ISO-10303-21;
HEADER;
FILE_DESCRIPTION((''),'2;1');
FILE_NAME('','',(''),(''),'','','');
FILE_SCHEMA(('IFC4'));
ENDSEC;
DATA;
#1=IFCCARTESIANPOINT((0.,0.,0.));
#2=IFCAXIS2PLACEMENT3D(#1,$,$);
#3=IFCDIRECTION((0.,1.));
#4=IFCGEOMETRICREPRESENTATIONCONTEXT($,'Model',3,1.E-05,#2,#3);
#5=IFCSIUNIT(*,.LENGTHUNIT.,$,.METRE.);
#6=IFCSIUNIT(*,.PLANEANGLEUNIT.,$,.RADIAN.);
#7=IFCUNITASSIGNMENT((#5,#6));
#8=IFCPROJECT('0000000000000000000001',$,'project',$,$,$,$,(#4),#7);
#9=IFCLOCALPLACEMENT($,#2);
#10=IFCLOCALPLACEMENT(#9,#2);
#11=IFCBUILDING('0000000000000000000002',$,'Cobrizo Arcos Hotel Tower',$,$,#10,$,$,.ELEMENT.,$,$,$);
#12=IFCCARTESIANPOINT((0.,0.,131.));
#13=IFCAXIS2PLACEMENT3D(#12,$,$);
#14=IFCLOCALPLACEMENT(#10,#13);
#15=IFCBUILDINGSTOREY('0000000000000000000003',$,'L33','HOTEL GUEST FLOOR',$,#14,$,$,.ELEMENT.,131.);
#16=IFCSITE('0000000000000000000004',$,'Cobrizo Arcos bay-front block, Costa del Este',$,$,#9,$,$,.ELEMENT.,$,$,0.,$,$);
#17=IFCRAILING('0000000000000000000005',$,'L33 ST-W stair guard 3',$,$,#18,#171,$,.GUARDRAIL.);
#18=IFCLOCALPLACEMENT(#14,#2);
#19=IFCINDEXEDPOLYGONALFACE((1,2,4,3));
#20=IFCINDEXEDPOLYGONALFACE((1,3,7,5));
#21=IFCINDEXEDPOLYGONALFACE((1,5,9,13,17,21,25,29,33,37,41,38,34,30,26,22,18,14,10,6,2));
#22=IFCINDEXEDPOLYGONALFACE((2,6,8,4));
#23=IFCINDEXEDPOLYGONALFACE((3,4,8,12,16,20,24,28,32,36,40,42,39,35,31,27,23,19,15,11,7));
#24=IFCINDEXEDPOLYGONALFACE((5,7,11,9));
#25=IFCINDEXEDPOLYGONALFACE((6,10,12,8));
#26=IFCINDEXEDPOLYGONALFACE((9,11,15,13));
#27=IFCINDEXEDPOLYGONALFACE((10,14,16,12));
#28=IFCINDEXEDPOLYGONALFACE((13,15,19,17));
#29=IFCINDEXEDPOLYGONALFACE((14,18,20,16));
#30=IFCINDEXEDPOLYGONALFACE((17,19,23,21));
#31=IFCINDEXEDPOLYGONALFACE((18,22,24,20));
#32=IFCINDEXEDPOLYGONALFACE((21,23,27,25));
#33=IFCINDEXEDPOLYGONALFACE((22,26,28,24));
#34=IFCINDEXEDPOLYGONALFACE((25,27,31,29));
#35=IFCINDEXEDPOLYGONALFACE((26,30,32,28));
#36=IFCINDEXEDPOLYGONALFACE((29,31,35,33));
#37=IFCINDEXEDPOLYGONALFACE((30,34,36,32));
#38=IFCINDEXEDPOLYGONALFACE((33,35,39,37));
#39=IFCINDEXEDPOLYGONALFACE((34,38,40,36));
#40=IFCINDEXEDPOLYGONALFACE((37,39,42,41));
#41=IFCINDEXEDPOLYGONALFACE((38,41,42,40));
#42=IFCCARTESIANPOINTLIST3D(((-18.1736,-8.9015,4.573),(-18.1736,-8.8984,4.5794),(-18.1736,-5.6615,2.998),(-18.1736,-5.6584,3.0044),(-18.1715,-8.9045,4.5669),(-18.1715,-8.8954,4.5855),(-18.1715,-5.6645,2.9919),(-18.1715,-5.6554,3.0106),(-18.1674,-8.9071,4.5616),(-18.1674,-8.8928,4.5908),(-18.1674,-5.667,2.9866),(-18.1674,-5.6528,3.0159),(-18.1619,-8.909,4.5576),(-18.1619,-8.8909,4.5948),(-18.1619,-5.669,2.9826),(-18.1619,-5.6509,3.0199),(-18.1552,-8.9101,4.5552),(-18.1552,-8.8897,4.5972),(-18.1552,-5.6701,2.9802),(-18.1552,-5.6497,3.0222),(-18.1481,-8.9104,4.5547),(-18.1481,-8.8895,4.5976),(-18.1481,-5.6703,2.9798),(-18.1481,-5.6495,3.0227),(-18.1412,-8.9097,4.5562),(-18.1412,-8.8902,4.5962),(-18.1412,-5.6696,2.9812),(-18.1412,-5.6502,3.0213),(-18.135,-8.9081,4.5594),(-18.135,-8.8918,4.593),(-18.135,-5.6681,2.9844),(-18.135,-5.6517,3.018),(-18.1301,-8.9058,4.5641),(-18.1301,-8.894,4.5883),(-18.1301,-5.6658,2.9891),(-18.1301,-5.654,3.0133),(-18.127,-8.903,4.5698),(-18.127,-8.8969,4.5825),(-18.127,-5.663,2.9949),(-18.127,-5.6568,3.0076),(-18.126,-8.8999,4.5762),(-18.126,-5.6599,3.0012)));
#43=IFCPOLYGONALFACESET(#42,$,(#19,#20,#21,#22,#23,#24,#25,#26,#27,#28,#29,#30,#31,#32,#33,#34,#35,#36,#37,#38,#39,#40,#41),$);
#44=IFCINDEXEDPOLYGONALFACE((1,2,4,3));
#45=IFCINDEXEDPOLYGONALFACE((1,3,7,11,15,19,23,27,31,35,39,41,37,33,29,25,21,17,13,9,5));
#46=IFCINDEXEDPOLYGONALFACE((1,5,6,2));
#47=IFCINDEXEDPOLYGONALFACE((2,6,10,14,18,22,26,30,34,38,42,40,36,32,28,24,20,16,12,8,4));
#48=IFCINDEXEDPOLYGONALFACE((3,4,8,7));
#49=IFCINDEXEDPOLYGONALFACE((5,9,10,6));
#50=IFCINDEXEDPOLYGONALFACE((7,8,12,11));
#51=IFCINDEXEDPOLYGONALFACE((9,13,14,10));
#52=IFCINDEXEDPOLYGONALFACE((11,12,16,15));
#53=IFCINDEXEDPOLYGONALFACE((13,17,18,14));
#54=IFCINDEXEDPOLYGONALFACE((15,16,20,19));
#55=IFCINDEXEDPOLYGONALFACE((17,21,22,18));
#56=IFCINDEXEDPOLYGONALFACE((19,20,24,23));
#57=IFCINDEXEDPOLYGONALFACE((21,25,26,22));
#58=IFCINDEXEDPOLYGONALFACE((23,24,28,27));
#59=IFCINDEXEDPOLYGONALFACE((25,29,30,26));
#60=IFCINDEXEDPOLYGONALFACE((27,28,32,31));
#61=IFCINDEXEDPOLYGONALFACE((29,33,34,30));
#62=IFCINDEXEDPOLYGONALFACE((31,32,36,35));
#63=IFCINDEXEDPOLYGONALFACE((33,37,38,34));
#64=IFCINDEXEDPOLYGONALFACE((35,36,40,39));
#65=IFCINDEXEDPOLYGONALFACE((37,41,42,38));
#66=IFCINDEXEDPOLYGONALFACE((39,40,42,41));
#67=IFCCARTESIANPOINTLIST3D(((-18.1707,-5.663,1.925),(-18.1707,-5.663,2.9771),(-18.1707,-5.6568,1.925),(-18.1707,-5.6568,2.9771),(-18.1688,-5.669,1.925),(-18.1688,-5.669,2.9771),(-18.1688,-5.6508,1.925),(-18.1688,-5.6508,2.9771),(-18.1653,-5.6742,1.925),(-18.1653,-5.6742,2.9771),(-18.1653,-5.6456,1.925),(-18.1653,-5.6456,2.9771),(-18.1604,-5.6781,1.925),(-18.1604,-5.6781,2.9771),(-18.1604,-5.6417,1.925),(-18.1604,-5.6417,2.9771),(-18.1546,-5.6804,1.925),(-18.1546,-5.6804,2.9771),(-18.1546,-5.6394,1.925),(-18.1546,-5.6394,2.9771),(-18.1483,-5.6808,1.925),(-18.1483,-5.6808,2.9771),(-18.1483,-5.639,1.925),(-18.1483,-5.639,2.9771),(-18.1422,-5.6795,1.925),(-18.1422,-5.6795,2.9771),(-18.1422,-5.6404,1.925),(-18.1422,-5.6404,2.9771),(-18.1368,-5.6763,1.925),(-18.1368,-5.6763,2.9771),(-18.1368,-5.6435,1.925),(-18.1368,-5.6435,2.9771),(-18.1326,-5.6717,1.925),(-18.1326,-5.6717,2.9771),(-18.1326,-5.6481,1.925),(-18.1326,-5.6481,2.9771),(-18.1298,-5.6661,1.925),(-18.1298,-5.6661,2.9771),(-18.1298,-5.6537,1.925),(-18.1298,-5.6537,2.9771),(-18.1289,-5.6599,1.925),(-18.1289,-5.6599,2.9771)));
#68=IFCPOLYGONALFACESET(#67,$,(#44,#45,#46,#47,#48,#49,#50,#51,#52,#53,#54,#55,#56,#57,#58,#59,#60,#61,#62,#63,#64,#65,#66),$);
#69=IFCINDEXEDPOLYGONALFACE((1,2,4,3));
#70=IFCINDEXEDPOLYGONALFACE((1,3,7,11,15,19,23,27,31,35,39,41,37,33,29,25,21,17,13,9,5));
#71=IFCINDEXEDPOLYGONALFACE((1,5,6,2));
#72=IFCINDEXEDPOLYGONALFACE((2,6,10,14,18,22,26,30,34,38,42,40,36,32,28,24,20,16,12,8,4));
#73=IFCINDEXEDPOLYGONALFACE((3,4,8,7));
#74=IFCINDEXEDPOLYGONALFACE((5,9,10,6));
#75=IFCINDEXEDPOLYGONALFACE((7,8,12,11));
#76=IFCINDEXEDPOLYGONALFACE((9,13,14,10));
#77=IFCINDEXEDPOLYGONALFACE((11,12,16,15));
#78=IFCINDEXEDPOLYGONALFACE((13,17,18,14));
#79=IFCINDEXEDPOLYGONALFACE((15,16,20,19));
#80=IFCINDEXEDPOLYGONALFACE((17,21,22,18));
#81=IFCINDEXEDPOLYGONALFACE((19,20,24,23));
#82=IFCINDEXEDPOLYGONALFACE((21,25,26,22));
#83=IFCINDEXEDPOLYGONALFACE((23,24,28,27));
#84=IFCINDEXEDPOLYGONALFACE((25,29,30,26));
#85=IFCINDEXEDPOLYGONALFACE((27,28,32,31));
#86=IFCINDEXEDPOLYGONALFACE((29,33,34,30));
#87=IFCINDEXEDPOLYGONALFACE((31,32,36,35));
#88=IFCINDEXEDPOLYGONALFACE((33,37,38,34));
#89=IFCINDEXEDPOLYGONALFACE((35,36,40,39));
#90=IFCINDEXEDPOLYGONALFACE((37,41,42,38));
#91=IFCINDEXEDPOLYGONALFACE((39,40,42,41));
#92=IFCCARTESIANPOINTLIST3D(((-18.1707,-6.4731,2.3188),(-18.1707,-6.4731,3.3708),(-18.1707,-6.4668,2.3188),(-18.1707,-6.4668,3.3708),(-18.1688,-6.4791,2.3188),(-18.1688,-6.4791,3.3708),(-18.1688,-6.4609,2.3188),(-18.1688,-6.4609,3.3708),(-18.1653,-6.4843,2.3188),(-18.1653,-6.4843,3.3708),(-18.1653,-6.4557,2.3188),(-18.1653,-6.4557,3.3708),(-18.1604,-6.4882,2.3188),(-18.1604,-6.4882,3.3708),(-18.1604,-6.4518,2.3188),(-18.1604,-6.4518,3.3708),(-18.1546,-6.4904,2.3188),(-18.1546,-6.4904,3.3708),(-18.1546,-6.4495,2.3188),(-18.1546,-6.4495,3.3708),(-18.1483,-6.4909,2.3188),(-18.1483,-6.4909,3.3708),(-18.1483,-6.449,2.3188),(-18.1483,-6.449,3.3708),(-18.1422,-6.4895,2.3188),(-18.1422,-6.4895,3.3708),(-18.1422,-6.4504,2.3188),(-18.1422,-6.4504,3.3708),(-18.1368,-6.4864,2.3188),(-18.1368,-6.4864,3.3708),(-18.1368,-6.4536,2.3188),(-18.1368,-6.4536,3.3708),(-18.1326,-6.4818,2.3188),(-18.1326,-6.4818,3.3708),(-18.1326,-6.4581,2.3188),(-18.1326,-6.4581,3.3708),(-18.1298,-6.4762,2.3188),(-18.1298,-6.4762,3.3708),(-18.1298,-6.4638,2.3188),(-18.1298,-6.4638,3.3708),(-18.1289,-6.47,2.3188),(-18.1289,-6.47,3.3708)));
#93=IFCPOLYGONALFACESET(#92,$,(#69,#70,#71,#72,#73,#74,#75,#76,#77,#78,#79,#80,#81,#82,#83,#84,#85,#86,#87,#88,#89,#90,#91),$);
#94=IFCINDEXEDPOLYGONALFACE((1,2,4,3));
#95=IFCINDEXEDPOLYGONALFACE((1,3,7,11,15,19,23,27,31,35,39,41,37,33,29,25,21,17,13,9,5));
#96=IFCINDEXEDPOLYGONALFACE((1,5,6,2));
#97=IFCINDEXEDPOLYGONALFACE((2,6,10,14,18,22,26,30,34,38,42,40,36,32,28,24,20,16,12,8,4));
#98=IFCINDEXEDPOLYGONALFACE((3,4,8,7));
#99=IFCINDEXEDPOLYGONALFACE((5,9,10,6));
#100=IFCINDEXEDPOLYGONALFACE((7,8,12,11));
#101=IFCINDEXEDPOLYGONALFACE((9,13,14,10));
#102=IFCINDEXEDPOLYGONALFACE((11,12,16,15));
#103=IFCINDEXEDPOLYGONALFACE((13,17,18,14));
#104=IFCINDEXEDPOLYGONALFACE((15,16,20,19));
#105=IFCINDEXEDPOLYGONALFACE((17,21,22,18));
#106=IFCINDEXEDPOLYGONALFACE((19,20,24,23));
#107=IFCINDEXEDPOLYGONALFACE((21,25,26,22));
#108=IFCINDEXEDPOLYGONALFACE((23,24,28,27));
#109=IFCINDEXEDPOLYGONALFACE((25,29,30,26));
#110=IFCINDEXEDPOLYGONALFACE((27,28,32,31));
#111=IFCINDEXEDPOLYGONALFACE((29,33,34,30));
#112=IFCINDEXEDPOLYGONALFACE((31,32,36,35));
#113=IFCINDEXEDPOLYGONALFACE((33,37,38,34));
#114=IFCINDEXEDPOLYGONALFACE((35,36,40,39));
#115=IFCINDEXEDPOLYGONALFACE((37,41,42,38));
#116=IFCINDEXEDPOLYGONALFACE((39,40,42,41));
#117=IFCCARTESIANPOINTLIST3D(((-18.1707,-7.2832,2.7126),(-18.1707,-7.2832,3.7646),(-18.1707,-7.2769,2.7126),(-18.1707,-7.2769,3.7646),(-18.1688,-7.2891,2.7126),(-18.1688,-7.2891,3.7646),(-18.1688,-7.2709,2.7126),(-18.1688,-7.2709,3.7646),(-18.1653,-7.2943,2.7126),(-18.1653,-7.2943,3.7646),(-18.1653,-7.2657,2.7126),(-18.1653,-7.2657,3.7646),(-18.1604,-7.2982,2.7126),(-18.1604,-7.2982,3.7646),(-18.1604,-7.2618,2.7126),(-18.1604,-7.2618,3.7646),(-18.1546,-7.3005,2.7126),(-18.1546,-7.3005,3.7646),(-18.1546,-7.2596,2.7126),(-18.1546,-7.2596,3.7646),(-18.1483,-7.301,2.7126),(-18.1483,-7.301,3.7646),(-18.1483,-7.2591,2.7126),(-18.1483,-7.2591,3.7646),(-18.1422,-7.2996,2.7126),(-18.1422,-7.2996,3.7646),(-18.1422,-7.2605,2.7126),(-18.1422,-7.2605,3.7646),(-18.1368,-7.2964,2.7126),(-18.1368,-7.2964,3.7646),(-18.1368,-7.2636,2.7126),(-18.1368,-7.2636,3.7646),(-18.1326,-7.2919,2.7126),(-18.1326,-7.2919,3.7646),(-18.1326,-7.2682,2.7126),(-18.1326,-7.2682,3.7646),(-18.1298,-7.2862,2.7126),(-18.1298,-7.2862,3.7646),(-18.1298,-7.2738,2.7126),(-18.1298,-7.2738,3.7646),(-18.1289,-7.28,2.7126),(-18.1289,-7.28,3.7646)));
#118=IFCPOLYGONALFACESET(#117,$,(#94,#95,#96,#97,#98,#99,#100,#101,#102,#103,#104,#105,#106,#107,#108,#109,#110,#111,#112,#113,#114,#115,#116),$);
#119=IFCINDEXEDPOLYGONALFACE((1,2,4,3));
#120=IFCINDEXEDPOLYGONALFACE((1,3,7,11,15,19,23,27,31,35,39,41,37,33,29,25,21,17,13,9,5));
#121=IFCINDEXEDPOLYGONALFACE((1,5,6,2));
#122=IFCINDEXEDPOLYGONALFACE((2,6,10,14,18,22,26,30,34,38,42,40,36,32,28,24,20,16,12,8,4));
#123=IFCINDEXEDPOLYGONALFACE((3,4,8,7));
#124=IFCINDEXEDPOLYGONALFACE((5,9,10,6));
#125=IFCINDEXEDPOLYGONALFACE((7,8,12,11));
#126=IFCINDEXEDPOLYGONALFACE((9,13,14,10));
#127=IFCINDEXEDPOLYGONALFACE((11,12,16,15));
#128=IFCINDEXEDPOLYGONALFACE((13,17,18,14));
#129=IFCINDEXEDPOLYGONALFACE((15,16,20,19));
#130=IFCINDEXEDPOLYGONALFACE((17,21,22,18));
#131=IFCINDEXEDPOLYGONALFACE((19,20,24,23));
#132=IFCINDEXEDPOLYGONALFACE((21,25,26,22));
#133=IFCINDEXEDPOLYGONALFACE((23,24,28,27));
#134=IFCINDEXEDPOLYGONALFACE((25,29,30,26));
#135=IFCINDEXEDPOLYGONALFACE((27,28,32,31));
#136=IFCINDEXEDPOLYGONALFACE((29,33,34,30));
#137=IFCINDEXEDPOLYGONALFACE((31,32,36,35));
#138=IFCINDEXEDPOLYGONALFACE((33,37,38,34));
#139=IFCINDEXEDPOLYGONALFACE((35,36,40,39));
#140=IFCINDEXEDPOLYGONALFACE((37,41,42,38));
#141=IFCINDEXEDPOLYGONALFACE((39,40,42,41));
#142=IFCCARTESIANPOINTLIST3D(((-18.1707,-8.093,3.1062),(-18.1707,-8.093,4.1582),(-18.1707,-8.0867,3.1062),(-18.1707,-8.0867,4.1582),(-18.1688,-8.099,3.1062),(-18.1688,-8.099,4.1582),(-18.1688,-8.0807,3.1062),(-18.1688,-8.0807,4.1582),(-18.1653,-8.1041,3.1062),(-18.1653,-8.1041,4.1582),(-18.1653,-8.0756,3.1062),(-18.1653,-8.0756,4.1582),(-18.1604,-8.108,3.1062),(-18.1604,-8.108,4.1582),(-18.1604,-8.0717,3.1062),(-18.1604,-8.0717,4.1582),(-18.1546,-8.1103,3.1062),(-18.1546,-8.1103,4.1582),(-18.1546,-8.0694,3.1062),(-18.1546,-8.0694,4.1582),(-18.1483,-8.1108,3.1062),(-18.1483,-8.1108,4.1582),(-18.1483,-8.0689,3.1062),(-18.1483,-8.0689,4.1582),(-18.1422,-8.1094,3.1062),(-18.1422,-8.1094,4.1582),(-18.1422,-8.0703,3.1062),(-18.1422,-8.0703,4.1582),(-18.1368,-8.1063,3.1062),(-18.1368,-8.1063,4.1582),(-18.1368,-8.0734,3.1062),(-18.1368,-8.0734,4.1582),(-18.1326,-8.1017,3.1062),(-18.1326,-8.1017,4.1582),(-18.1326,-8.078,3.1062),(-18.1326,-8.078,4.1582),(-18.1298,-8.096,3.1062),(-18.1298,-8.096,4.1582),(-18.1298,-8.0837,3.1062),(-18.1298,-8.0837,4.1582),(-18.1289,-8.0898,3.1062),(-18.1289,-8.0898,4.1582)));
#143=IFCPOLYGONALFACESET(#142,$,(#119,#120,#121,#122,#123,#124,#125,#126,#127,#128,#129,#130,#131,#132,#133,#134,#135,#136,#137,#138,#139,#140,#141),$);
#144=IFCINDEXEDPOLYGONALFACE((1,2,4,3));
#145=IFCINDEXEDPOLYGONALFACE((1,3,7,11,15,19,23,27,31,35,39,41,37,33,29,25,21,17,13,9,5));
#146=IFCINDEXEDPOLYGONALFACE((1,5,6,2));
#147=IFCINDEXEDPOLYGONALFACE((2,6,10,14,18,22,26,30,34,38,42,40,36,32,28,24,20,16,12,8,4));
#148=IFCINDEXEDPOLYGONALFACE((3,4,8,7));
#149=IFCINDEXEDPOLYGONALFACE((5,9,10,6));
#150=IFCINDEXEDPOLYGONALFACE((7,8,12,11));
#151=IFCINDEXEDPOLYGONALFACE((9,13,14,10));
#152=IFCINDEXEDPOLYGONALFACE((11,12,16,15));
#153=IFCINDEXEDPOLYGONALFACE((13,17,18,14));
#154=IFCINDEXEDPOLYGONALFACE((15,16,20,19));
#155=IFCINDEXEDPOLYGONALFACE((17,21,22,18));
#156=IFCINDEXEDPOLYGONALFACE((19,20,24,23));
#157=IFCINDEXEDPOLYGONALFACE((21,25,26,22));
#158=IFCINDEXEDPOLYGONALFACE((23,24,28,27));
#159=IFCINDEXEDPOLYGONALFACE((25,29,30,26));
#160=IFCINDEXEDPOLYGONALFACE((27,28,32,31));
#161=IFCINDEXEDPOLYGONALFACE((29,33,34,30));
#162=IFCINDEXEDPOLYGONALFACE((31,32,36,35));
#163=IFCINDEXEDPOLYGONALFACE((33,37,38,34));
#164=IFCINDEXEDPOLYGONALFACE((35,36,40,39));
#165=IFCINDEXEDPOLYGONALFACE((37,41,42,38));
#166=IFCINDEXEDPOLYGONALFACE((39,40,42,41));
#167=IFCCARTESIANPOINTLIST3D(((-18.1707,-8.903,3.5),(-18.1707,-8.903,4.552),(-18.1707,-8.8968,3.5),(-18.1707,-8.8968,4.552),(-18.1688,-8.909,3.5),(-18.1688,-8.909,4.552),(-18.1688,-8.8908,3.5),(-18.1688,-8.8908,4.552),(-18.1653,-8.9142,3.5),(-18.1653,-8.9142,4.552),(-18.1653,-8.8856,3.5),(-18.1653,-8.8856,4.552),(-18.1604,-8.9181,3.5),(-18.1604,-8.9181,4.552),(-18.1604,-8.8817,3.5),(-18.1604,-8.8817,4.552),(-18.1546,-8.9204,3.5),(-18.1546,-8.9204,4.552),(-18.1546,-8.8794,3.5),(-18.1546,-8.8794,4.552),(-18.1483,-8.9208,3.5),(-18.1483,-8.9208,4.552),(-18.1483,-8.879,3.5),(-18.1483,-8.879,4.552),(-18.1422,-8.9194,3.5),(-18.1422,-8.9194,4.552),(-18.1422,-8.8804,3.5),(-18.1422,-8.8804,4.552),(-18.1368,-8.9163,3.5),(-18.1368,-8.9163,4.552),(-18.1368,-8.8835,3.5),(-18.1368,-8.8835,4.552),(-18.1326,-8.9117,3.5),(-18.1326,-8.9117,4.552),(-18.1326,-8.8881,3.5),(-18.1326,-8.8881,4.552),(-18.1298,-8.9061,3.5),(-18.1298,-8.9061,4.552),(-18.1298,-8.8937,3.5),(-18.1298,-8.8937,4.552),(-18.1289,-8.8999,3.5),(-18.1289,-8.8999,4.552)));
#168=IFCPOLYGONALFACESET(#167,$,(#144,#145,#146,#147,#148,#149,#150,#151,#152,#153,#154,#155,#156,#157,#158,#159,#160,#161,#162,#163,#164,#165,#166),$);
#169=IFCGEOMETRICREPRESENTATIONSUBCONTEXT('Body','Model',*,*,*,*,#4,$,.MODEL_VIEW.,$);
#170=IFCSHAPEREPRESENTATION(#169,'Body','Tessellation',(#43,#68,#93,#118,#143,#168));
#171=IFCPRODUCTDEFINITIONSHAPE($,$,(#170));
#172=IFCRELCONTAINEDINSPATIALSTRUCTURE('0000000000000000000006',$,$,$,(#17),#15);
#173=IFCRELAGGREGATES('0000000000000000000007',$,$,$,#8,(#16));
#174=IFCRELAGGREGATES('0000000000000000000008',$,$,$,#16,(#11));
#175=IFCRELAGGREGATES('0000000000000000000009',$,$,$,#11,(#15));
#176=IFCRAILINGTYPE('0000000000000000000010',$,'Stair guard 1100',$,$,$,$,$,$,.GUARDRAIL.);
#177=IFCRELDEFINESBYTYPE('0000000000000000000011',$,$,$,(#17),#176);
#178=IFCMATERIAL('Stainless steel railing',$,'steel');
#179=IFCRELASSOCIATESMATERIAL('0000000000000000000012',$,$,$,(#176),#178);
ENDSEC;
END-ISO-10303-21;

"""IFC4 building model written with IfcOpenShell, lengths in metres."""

from ifc_helpers import new_model, si_unit, direction, frame, origin, origin_2d, place, context, subcontext, project, spatial, circle, extrude, material, type_object, element, save


model = new_model("IFC4")

# Units and contexts
model_context = context("Model", 3, precision=1e-05, world=origin(), true_north=direction((0.0, 1.0)))
body_context = subcontext(model_context, "Body", "Model", "MODEL_VIEW")
ifc_project = project(units=[si_unit("LENGTHUNIT", "METRE"), si_unit("PLANEANGLEUNIT", "RADIAN")], contexts=[model_context])

# Site, building, storey
site_placement = place(None, origin())
site = spatial("IfcSite", under=ifc_project, at=site_placement, Name="Cobrizo Arcos bay-front block, Costa del Este", CompositionType="ELEMENT", RefElevation=0.0)
building_placement = place(site_placement, origin())
building = spatial("IfcBuilding", under=site, at=building_placement, Name="Cobrizo Arcos Hotel Tower", CompositionType="ELEMENT")
storey_placement = place(building_placement, frame((0.0, 0.0, 131.0)))
storey = spatial("IfcBuildingStorey", under=building, at=storey_placement, Name="L33", Description="HOTEL GUEST FLOOR", CompositionType="ELEMENT", Elevation=131.0)

# Railing
ifc_material_1 = material(Name="Stainless steel railing", Category="steel")
railing_type_1 = type_object("IfcRailingType", Name="Stair guard 1100", PredefinedType="GUARDRAIL", material=ifc_material_1)
railing_1_placement = place(storey_placement, frame((-18.1499, -5.6599, 1.925)))
element("IfcRailing", 1, at=railing_1_placement, inside=storey, type_object=railing_type_1, Name="L33 ST-W stair guard 3", PredefinedType="GUARDRAIL", context=body_context, shape_type="SweptSolid", body=[
    extrude(circle(Radius=0.0239, at=origin_2d()), frame((0.0, 0.0, 1.0762), z_axis=(0.0, -0.899373, 0.437183), x_axis=(1.0, 0.0, 0.0)), (0.0, 0.0, 1.0), 3.6025),
    extrude(circle(Radius=0.021, at=origin_2d()), origin(), (0.0, 0.0, 1.0), 1.052),
    extrude(circle(Radius=0.021, at=origin_2d()), frame((0.0, -0.8101, 0.3938)), (0.0, 0.0, 1.0), 1.052),
    extrude(circle(Radius=0.021, at=origin_2d()), frame((0.0, -1.6201, 0.7876)), (0.0, 0.0, 1.0), 1.052),
    extrude(circle(Radius=0.021, at=origin_2d()), frame((0.0, -2.4299, 1.1812)), (0.0, 0.0, 1.0), 1.052),
    extrude(circle(Radius=0.021, at=origin_2d()), frame((0.0, -3.24, 1.575)), (0.0, 0.0, 1.0), 1.052),
])

save(model, "model.ifc")
